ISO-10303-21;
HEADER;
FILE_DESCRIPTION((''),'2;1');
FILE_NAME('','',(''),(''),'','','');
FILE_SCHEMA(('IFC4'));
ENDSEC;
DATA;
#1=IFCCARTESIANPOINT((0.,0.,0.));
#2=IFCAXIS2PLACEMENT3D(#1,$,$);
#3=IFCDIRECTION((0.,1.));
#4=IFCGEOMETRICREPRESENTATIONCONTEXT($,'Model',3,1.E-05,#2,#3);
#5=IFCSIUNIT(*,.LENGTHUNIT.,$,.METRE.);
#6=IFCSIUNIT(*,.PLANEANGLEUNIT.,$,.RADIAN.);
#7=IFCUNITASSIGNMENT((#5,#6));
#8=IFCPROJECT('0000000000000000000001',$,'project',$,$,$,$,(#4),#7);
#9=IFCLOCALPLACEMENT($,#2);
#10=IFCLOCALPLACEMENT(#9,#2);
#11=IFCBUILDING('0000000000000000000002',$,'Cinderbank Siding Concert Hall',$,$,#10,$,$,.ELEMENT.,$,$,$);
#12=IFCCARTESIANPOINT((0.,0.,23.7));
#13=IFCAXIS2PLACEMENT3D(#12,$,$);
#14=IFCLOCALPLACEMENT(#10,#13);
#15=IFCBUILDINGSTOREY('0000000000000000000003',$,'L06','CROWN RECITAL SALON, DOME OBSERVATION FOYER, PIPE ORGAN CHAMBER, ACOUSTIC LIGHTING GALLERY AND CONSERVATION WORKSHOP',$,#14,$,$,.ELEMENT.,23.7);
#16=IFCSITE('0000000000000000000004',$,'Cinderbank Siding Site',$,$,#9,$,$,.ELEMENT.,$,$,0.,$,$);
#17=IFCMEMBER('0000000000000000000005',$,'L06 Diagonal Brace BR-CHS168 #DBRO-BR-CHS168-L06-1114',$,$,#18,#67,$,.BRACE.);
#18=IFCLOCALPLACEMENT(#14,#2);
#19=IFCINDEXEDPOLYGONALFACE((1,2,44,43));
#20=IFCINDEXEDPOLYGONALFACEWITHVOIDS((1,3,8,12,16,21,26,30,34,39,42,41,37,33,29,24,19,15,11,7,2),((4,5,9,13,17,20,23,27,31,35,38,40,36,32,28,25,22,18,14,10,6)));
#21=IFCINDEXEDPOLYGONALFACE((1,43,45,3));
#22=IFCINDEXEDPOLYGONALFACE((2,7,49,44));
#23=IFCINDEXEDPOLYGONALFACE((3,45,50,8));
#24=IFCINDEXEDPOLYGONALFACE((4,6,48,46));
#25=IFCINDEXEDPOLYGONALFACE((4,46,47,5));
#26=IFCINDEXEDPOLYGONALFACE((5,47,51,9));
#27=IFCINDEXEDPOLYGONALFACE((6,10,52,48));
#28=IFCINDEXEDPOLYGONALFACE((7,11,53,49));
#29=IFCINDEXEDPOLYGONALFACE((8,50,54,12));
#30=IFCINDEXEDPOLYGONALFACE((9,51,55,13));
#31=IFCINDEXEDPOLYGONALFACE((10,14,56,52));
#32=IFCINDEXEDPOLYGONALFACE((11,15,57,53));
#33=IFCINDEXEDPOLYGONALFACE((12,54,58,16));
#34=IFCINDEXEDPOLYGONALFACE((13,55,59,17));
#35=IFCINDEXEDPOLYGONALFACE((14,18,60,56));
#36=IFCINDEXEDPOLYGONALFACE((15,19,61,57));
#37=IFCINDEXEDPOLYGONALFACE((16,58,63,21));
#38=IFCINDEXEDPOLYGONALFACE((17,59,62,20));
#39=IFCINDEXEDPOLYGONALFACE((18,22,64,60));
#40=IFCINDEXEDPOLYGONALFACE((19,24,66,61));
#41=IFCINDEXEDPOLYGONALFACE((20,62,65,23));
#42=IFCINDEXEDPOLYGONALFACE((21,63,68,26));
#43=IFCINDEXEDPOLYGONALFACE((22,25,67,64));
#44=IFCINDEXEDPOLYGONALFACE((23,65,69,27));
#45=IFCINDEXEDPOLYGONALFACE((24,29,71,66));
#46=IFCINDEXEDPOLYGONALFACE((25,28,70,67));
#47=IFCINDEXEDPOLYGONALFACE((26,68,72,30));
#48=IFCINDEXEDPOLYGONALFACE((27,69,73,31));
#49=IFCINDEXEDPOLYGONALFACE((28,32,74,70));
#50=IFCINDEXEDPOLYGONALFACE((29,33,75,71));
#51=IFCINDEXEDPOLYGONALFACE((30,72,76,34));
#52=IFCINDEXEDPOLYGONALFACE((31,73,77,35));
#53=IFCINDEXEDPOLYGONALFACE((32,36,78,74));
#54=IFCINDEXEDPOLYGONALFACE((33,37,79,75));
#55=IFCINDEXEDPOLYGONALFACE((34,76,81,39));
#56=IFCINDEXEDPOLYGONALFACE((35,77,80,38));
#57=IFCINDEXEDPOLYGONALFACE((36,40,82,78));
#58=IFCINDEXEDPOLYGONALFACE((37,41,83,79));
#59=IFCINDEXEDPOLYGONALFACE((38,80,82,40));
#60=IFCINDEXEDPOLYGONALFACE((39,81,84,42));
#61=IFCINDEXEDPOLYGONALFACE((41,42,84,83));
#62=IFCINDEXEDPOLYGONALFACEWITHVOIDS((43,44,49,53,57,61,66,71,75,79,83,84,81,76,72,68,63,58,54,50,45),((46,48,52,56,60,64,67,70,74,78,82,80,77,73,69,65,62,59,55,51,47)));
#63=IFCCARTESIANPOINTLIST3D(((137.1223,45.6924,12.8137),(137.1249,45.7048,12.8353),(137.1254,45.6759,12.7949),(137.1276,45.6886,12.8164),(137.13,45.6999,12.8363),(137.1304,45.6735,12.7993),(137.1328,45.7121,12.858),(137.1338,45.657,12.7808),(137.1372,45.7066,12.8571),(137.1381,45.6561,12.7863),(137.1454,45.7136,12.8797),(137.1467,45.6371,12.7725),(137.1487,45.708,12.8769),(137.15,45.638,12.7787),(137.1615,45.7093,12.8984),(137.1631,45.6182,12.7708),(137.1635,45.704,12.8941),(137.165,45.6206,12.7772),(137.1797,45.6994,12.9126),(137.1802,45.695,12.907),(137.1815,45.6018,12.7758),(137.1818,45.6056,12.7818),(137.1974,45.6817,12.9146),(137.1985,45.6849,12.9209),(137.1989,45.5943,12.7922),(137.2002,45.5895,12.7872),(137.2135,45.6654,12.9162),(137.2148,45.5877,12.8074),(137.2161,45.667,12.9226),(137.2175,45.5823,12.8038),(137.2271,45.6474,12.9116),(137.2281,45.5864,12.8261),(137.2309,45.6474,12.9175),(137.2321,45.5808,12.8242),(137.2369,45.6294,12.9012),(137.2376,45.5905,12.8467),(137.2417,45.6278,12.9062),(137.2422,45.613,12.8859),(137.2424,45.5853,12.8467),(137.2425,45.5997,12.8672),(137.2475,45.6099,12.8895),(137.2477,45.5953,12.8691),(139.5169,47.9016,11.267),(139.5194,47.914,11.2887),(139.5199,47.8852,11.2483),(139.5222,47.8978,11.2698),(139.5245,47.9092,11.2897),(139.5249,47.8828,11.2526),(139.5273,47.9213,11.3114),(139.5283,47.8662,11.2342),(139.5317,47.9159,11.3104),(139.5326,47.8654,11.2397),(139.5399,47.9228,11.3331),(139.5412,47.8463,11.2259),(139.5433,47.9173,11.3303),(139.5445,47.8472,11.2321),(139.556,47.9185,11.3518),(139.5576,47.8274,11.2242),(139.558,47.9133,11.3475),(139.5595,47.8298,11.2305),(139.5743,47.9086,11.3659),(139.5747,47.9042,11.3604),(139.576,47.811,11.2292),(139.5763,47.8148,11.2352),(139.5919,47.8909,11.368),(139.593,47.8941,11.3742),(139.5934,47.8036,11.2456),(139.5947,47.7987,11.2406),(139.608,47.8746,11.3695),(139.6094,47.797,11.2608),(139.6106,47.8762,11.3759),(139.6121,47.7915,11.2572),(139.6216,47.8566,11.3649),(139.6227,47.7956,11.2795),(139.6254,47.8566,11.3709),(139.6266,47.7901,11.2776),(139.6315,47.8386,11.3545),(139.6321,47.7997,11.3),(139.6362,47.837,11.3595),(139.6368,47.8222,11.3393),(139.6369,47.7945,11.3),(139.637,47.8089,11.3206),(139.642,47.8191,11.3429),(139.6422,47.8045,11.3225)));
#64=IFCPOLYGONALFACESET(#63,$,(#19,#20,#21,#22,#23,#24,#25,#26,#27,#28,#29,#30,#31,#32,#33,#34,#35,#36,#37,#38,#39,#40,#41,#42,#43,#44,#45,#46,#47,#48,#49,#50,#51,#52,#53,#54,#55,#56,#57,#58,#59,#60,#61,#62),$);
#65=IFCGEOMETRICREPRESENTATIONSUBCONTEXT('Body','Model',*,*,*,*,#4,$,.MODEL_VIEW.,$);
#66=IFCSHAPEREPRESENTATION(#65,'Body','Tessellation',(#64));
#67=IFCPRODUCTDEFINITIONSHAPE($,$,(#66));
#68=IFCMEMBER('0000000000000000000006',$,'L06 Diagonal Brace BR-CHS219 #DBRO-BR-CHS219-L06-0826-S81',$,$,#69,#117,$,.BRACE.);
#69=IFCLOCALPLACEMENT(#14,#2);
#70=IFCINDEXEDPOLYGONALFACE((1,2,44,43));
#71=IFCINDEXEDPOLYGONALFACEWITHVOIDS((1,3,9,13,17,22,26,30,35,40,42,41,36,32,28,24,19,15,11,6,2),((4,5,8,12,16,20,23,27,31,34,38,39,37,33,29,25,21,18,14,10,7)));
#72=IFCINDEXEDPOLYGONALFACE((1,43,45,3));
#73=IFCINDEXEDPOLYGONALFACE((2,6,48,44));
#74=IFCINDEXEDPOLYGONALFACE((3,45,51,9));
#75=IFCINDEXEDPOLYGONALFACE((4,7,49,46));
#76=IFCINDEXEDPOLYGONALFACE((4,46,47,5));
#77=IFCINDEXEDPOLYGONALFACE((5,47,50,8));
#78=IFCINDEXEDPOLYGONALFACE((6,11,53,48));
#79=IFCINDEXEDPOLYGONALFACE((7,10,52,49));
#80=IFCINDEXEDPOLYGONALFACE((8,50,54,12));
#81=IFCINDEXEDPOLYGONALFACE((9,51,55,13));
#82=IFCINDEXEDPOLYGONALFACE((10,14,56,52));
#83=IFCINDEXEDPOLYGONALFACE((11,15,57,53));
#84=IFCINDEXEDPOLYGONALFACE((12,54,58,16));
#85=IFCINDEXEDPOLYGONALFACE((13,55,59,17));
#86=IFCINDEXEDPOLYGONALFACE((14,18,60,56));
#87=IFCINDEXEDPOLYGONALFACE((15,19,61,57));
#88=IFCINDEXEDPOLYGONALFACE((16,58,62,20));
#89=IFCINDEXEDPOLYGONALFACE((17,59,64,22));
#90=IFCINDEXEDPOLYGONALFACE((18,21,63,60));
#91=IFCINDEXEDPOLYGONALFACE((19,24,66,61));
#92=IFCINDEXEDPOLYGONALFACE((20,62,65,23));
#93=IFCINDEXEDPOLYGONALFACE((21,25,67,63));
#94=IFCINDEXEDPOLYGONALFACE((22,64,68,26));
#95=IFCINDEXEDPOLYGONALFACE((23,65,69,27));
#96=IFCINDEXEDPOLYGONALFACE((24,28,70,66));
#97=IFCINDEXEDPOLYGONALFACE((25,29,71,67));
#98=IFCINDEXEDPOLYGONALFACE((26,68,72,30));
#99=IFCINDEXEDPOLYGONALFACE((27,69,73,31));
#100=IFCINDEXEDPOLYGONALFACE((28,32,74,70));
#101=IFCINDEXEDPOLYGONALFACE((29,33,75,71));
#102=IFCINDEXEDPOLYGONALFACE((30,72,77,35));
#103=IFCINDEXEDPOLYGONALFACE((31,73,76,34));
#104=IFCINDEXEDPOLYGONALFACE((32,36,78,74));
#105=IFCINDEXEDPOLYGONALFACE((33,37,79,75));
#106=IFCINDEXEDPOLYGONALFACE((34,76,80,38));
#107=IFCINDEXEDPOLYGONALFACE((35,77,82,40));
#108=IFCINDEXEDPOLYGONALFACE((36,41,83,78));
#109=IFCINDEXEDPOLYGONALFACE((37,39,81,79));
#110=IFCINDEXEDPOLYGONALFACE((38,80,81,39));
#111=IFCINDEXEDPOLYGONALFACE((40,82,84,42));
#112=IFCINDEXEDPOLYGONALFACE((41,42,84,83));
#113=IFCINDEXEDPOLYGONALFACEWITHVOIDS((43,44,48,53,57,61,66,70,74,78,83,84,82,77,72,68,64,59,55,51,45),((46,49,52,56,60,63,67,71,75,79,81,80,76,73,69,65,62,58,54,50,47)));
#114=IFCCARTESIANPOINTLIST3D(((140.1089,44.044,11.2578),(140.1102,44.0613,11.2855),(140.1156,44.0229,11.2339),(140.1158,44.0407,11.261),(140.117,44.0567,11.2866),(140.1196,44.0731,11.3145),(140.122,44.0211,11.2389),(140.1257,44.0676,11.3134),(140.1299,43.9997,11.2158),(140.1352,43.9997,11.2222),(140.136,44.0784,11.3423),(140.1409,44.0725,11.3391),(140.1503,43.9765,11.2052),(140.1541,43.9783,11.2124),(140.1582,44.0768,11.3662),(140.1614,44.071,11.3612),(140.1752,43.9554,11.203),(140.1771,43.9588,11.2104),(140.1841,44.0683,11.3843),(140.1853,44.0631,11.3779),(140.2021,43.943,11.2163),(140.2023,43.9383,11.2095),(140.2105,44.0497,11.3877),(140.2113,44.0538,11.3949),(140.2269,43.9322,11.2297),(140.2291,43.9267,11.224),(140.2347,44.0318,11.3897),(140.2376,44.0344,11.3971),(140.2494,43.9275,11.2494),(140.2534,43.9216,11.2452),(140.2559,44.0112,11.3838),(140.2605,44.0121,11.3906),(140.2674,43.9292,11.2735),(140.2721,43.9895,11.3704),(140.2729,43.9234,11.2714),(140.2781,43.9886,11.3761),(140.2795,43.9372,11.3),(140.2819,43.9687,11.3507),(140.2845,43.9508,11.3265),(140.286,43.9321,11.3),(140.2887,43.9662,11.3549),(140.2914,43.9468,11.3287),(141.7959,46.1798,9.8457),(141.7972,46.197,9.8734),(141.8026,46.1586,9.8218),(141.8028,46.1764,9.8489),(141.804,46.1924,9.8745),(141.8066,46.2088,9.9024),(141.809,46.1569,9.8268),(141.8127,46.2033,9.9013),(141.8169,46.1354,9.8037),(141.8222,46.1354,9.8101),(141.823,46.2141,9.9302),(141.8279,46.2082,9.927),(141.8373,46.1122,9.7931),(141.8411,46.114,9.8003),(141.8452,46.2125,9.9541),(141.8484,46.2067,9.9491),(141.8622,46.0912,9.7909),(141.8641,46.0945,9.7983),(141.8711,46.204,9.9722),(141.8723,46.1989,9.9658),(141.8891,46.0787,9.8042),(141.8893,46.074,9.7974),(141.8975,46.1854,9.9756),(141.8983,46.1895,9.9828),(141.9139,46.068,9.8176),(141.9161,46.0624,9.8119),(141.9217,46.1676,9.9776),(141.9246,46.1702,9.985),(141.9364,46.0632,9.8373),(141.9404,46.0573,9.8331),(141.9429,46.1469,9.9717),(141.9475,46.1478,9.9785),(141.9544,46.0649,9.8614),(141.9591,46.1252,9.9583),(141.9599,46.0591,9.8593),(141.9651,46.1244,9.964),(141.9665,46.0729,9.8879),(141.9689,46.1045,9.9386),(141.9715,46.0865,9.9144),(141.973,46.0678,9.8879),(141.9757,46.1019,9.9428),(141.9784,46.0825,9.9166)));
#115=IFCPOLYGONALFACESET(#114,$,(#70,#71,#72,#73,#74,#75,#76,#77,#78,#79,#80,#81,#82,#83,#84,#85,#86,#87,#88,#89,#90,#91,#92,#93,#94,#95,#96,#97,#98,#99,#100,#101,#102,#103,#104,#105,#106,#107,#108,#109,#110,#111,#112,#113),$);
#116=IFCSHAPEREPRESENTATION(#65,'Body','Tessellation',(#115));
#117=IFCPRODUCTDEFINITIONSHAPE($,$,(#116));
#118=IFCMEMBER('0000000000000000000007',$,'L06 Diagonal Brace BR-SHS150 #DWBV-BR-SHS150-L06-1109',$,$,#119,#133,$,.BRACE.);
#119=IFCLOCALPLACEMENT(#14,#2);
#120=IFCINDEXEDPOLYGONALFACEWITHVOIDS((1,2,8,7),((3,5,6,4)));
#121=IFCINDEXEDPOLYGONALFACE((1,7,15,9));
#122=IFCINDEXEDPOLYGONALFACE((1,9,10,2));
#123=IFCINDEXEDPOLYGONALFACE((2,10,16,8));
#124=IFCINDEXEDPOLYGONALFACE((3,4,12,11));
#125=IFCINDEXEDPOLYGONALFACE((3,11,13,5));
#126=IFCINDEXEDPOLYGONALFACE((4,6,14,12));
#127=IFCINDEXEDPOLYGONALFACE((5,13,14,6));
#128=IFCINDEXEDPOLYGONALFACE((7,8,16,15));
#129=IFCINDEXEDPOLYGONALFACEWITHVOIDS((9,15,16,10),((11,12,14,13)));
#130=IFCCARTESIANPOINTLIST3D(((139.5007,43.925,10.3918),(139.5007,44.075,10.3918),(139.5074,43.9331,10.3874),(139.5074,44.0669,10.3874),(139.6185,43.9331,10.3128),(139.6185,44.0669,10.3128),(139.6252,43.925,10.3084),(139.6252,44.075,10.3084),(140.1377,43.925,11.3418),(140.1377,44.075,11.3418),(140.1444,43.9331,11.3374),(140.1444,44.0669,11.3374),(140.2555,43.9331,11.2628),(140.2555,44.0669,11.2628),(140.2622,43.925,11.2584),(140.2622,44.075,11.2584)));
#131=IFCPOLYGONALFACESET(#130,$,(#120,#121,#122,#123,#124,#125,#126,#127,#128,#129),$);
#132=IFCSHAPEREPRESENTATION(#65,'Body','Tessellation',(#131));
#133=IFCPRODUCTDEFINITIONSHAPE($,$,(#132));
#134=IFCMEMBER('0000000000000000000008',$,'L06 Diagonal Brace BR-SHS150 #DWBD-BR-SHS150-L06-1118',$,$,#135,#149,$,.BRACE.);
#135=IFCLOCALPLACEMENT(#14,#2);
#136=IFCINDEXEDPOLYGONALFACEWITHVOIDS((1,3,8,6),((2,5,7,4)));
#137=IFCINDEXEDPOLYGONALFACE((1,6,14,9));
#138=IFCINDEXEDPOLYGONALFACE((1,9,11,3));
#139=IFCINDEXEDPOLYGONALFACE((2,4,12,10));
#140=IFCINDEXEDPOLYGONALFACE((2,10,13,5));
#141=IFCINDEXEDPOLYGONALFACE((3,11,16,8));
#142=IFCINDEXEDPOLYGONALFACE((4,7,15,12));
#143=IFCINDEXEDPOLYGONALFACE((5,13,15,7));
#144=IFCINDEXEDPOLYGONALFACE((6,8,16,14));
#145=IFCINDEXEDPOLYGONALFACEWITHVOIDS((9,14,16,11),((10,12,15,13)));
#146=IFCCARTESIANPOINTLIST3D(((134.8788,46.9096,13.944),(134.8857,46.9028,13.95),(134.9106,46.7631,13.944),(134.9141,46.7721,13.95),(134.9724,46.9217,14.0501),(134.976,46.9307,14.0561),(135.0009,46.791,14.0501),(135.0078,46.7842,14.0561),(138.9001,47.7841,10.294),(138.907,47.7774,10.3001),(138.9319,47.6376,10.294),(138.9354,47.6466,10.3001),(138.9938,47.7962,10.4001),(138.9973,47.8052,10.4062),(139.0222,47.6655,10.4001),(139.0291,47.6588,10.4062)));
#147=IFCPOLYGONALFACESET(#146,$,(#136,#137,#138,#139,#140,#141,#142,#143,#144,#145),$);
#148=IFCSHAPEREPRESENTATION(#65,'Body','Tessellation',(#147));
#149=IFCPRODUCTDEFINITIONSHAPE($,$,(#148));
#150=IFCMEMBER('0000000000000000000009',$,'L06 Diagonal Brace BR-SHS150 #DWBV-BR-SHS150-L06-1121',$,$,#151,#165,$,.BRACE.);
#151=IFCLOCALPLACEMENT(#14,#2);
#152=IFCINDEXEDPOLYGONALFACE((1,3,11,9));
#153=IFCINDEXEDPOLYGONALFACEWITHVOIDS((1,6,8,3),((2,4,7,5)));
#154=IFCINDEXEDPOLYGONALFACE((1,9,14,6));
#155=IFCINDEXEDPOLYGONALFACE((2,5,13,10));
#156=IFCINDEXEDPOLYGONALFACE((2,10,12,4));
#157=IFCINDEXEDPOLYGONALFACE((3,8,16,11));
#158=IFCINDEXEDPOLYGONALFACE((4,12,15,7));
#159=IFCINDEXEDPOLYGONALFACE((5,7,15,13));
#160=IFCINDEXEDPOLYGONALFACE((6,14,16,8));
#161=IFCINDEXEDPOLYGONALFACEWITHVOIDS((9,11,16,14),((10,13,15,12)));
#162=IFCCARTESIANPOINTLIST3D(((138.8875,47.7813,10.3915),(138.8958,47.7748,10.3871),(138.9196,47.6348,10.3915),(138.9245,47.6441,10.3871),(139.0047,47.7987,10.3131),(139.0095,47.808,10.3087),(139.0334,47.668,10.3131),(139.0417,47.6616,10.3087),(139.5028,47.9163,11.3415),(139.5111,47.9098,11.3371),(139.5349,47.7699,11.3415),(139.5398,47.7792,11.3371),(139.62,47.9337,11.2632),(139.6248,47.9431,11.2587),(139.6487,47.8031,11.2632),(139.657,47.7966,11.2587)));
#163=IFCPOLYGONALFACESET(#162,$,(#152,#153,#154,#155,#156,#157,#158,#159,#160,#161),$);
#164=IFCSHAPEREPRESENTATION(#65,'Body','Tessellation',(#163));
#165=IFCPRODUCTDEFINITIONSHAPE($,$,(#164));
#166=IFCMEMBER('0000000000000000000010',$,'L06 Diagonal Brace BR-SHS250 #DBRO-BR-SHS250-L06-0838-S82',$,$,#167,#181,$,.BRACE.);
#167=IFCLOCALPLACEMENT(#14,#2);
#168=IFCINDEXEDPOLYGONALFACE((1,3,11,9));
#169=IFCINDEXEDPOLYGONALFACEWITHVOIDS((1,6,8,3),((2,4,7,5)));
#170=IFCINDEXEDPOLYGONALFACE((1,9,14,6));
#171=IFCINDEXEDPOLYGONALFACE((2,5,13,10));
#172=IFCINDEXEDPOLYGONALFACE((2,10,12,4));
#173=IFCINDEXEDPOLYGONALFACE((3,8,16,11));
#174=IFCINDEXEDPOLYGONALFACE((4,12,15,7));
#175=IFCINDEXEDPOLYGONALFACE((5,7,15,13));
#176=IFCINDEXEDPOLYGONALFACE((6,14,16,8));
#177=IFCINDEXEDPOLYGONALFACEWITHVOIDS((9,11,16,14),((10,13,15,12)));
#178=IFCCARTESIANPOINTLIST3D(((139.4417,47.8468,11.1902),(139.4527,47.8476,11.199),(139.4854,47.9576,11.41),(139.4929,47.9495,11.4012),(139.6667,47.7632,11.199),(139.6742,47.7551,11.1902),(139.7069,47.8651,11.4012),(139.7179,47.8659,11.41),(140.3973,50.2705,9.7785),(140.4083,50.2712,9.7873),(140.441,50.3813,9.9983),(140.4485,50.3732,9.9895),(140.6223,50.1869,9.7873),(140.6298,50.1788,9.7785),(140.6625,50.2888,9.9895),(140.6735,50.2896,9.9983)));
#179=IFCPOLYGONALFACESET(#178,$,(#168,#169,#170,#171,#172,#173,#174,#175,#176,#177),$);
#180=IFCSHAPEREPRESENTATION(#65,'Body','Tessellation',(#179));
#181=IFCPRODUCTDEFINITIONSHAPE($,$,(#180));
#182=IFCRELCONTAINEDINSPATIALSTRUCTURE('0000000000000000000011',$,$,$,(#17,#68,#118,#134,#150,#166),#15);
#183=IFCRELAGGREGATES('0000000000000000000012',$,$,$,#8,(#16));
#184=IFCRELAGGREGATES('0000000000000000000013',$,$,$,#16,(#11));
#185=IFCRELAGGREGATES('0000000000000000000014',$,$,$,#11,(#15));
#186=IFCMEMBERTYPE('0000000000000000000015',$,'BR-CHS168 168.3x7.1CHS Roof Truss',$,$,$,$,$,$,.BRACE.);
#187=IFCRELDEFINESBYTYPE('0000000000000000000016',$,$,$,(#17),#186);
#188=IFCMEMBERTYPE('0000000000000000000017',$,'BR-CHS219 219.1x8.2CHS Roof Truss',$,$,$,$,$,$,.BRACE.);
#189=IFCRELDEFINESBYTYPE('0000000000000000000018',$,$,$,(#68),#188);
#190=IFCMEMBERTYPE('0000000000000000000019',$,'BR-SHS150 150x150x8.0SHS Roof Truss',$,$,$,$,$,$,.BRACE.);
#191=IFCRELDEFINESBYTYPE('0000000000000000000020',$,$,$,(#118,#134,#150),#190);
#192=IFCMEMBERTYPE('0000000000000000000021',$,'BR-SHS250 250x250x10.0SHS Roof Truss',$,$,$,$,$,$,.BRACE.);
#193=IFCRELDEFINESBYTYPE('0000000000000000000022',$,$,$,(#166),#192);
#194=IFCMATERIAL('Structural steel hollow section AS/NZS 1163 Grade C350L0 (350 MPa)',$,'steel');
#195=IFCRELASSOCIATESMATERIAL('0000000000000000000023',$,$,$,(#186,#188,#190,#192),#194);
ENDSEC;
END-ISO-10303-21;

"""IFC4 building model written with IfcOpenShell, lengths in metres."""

from ifc_helpers import new_model, si_unit, direction, frame, origin, origin_2d, place, context, subcontext, project, spatial, hollow_rectangle, hollow_circle, extrude, material, material_profile, profile_set, type_object, element, save


model = new_model("IFC4")

# Units and contexts
model_context = context("Model", 3, precision=1e-05, world=origin(), true_north=direction((0.0, 1.0)))
body_context = subcontext(model_context, "Body", "Model", "MODEL_VIEW")
ifc_project = project(units=[si_unit("LENGTHUNIT", "METRE"), si_unit("PLANEANGLEUNIT", "RADIAN")], contexts=[model_context])

# Site, building, storey
site_placement = place(None, origin())
site = spatial("IfcSite", under=ifc_project, at=site_placement, Name="Cinderbank Siding Site", CompositionType="ELEMENT", RefElevation=0.0)
building_placement = place(site_placement, origin())
building = spatial("IfcBuilding", under=site, at=building_placement, Name="Cinderbank Siding Concert Hall", CompositionType="ELEMENT")
storey_placement = place(building_placement, frame((0.0, 0.0, 23.7)))
storey = spatial("IfcBuildingStorey", under=building, at=storey_placement, Name="L06", Description="CROWN RECITAL SALON, DOME OBSERVATION FOYER, PIPE ORGAN CHAMBER, ACOUSTIC LIGHTING GALLERY AND CONSERVATION WORKSHOP", CompositionType="ELEMENT", Elevation=23.7)

# Members
ifc_material_1 = material(Name="Structural steel hollow section AS/NZS 1163 Grade C350L0 (350 MPa)", Category="steel")
ifc_material_profile_1 = material_profile(ifc_material_1, hollow_circle(Radius=0.0842, WallThickness=0.0071, at=origin_2d()), Name="168.3x7.1CHS", Category="LoadBearing")
ifc_profile_set_1 = profile_set([ifc_material_profile_1], Name="Structural steel hollow section AS/NZS 1163 Grade C350L0 (350 MPa)")
member_type_1 = type_object("IfcMemberType", Name="BR-CHS168 168.3x7.1CHS Roof Truss", PredefinedType="BRACE", material=ifc_profile_set_1)
member_1_placement = place(storey_placement, frame((139.5798, 47.8564, 11.3), z_axis=(-0.663957, -0.612576, 0.42885), x_axis=(0.678096, -0.734973, 0.0)))
element("IfcMember", 1, at=member_1_placement, inside=storey, type_object=member_type_1, Name="L06 Diagonal Brace BR-CHS168 #DBRO-BR-CHS168-L06-1114", PredefinedType="BRACE", context=body_context, shape_type="SweptSolid", body=[
    extrude(hollow_circle(Radius=0.0842, WallThickness=0.0071, at=origin_2d()), origin(), (0.0, 0.0, 1.0), 3.6064),
])
ifc_material_profile_2 = material_profile(ifc_material_1, hollow_circle(Radius=0.1096, WallThickness=0.0083, at=origin_2d()), Name="219.1x8.2CHS", Category="LoadBearing")
ifc_profile_set_2 = profile_set([ifc_material_profile_2], Name="Structural steel hollow section AS/NZS 1163 Grade C350L0 (350 MPa)")
member_type_2 = type_object("IfcMemberType", Name="BR-CHS219 219.1x8.2CHS Roof Truss", PredefinedType="BRACE", material=ifc_profile_set_2)
member_2_placement = place(storey_placement, frame((141.887, 46.1357, 9.8879), z_axis=(-0.5502, -0.696548, 0.460544), x_axis=(0.784722, -0.619848, 0.0)))
element("IfcMember", 2, at=member_2_placement, inside=storey, type_object=member_type_2, Name="L06 Diagonal Brace BR-CHS219 #DBRO-BR-CHS219-L06-0826-S81", PredefinedType="BRACE", context=body_context, shape_type="SweptSolid", body=[
    extrude(hollow_circle(Radius=0.1096, WallThickness=0.0083, at=origin_2d()), origin(), (0.0, 0.0, 1.0), 3.0662),
])
ifc_material_profile_3 = material_profile(ifc_material_1, hollow_rectangle(XDim=0.1499, YDim=0.1499, WallThickness=0.0081, at=origin_2d()), Name="150x150x8.0SHS", Category="LoadBearing")
ifc_profile_set_3 = profile_set([ifc_material_profile_3], Name="Structural steel hollow section AS/NZS 1163 Grade C350L0 (350 MPa)")
member_type_3 = type_object("IfcMemberType", Name="BR-SHS150 150x150x8.0SHS Roof Truss", PredefinedType="BRACE", material=ifc_profile_set_3)
member_3_placement = place(storey_placement, frame((139.563, 44.0, 10.3501), z_axis=(0.556915, 0.0, 0.83057), x_axis=(0.0, 1.0, 0.0)))
element("IfcMember", 3, at=member_3_placement, inside=storey, type_object=member_type_3, Name="L06 Diagonal Brace BR-SHS150 #DWBV-BR-SHS150-L06-1109", PredefinedType="BRACE", context=body_context, shape_type="SweptSolid", body=[
    extrude(hollow_rectangle(XDim=0.1499, YDim=0.1499, WallThickness=0.0081, at=origin_2d()), origin(), (0.0, 0.0, 1.0), 1.1438),
])
member_4_placement = place(storey_placement, frame((138.9646, 47.7214, 10.3501), z_axis=(-0.731051, -0.158984, 0.663543), x_axis=(0.212506, -0.97716, 0.0)))
element("IfcMember", 4, at=member_4_placement, inside=storey, type_object=member_type_3, Name="L06 Diagonal Brace BR-SHS150 #DWBD-BR-SHS150-L06-1118", PredefinedType="BRACE", context=body_context, shape_type="SweptSolid", body=[
    extrude(hollow_rectangle(XDim=0.1499, YDim=0.1499, WallThickness=0.0081, at=origin_2d()), origin(), (0.0, 0.0, 1.0), 5.5007),
])
member_5_placement = place(storey_placement, frame((138.9646, 47.7214, 10.3501), z_axis=(0.539773, 0.11845, 0.833435), x_axis=(-0.214344, 0.976758, 0.0)))
element("IfcMember", 5, at=member_5_placement, inside=storey, type_object=member_type_3, Name="L06 Diagonal Brace BR-SHS150 #DWBV-BR-SHS150-L06-1121", PredefinedType="BRACE", context=body_context, shape_type="SweptSolid", body=[
    extrude(hollow_rectangle(XDim=0.1499, YDim=0.1499, WallThickness=0.0081, at=origin_2d()), origin(), (0.0, 0.0, 1.0), 1.1399),
])
ifc_material_profile_4 = material_profile(ifc_material_1, hollow_rectangle(XDim=0.25, YDim=0.25, WallThickness=0.01, at=origin_2d()), Name="250x250x10.0SHS", Category="LoadBearing")
ifc_profile_set_4 = profile_set([ifc_material_profile_4], Name="Structural steel hollow section AS/NZS 1163 Grade C350L0 (350 MPa)")
member_type_4 = type_object("IfcMemberType", Name="BR-SHS250 250x250x10.0SHS Roof Truss", PredefinedType="BRACE", material=ifc_profile_set_4)
member_6_placement = place(storey_placement, frame((140.5354, 50.28, 9.8884), z_axis=(-0.322496, -0.817941, 0.476412), x_axis=(0.930301, -0.366797, 0.0)))
element("IfcMember", 6, at=member_6_placement, inside=storey, type_object=member_type_4, Name="L06 Diagonal Brace BR-SHS250 #DBRO-BR-SHS250-L06-0838-S82", PredefinedType="BRACE", context=body_context, shape_type="SweptSolid", body=[
    extrude(hollow_rectangle(XDim=0.25, YDim=0.25, WallThickness=0.01, at=origin_2d()), origin(), (0.0, 0.0, 1.0), 2.9631),
])

save(model, "model.ifc")
